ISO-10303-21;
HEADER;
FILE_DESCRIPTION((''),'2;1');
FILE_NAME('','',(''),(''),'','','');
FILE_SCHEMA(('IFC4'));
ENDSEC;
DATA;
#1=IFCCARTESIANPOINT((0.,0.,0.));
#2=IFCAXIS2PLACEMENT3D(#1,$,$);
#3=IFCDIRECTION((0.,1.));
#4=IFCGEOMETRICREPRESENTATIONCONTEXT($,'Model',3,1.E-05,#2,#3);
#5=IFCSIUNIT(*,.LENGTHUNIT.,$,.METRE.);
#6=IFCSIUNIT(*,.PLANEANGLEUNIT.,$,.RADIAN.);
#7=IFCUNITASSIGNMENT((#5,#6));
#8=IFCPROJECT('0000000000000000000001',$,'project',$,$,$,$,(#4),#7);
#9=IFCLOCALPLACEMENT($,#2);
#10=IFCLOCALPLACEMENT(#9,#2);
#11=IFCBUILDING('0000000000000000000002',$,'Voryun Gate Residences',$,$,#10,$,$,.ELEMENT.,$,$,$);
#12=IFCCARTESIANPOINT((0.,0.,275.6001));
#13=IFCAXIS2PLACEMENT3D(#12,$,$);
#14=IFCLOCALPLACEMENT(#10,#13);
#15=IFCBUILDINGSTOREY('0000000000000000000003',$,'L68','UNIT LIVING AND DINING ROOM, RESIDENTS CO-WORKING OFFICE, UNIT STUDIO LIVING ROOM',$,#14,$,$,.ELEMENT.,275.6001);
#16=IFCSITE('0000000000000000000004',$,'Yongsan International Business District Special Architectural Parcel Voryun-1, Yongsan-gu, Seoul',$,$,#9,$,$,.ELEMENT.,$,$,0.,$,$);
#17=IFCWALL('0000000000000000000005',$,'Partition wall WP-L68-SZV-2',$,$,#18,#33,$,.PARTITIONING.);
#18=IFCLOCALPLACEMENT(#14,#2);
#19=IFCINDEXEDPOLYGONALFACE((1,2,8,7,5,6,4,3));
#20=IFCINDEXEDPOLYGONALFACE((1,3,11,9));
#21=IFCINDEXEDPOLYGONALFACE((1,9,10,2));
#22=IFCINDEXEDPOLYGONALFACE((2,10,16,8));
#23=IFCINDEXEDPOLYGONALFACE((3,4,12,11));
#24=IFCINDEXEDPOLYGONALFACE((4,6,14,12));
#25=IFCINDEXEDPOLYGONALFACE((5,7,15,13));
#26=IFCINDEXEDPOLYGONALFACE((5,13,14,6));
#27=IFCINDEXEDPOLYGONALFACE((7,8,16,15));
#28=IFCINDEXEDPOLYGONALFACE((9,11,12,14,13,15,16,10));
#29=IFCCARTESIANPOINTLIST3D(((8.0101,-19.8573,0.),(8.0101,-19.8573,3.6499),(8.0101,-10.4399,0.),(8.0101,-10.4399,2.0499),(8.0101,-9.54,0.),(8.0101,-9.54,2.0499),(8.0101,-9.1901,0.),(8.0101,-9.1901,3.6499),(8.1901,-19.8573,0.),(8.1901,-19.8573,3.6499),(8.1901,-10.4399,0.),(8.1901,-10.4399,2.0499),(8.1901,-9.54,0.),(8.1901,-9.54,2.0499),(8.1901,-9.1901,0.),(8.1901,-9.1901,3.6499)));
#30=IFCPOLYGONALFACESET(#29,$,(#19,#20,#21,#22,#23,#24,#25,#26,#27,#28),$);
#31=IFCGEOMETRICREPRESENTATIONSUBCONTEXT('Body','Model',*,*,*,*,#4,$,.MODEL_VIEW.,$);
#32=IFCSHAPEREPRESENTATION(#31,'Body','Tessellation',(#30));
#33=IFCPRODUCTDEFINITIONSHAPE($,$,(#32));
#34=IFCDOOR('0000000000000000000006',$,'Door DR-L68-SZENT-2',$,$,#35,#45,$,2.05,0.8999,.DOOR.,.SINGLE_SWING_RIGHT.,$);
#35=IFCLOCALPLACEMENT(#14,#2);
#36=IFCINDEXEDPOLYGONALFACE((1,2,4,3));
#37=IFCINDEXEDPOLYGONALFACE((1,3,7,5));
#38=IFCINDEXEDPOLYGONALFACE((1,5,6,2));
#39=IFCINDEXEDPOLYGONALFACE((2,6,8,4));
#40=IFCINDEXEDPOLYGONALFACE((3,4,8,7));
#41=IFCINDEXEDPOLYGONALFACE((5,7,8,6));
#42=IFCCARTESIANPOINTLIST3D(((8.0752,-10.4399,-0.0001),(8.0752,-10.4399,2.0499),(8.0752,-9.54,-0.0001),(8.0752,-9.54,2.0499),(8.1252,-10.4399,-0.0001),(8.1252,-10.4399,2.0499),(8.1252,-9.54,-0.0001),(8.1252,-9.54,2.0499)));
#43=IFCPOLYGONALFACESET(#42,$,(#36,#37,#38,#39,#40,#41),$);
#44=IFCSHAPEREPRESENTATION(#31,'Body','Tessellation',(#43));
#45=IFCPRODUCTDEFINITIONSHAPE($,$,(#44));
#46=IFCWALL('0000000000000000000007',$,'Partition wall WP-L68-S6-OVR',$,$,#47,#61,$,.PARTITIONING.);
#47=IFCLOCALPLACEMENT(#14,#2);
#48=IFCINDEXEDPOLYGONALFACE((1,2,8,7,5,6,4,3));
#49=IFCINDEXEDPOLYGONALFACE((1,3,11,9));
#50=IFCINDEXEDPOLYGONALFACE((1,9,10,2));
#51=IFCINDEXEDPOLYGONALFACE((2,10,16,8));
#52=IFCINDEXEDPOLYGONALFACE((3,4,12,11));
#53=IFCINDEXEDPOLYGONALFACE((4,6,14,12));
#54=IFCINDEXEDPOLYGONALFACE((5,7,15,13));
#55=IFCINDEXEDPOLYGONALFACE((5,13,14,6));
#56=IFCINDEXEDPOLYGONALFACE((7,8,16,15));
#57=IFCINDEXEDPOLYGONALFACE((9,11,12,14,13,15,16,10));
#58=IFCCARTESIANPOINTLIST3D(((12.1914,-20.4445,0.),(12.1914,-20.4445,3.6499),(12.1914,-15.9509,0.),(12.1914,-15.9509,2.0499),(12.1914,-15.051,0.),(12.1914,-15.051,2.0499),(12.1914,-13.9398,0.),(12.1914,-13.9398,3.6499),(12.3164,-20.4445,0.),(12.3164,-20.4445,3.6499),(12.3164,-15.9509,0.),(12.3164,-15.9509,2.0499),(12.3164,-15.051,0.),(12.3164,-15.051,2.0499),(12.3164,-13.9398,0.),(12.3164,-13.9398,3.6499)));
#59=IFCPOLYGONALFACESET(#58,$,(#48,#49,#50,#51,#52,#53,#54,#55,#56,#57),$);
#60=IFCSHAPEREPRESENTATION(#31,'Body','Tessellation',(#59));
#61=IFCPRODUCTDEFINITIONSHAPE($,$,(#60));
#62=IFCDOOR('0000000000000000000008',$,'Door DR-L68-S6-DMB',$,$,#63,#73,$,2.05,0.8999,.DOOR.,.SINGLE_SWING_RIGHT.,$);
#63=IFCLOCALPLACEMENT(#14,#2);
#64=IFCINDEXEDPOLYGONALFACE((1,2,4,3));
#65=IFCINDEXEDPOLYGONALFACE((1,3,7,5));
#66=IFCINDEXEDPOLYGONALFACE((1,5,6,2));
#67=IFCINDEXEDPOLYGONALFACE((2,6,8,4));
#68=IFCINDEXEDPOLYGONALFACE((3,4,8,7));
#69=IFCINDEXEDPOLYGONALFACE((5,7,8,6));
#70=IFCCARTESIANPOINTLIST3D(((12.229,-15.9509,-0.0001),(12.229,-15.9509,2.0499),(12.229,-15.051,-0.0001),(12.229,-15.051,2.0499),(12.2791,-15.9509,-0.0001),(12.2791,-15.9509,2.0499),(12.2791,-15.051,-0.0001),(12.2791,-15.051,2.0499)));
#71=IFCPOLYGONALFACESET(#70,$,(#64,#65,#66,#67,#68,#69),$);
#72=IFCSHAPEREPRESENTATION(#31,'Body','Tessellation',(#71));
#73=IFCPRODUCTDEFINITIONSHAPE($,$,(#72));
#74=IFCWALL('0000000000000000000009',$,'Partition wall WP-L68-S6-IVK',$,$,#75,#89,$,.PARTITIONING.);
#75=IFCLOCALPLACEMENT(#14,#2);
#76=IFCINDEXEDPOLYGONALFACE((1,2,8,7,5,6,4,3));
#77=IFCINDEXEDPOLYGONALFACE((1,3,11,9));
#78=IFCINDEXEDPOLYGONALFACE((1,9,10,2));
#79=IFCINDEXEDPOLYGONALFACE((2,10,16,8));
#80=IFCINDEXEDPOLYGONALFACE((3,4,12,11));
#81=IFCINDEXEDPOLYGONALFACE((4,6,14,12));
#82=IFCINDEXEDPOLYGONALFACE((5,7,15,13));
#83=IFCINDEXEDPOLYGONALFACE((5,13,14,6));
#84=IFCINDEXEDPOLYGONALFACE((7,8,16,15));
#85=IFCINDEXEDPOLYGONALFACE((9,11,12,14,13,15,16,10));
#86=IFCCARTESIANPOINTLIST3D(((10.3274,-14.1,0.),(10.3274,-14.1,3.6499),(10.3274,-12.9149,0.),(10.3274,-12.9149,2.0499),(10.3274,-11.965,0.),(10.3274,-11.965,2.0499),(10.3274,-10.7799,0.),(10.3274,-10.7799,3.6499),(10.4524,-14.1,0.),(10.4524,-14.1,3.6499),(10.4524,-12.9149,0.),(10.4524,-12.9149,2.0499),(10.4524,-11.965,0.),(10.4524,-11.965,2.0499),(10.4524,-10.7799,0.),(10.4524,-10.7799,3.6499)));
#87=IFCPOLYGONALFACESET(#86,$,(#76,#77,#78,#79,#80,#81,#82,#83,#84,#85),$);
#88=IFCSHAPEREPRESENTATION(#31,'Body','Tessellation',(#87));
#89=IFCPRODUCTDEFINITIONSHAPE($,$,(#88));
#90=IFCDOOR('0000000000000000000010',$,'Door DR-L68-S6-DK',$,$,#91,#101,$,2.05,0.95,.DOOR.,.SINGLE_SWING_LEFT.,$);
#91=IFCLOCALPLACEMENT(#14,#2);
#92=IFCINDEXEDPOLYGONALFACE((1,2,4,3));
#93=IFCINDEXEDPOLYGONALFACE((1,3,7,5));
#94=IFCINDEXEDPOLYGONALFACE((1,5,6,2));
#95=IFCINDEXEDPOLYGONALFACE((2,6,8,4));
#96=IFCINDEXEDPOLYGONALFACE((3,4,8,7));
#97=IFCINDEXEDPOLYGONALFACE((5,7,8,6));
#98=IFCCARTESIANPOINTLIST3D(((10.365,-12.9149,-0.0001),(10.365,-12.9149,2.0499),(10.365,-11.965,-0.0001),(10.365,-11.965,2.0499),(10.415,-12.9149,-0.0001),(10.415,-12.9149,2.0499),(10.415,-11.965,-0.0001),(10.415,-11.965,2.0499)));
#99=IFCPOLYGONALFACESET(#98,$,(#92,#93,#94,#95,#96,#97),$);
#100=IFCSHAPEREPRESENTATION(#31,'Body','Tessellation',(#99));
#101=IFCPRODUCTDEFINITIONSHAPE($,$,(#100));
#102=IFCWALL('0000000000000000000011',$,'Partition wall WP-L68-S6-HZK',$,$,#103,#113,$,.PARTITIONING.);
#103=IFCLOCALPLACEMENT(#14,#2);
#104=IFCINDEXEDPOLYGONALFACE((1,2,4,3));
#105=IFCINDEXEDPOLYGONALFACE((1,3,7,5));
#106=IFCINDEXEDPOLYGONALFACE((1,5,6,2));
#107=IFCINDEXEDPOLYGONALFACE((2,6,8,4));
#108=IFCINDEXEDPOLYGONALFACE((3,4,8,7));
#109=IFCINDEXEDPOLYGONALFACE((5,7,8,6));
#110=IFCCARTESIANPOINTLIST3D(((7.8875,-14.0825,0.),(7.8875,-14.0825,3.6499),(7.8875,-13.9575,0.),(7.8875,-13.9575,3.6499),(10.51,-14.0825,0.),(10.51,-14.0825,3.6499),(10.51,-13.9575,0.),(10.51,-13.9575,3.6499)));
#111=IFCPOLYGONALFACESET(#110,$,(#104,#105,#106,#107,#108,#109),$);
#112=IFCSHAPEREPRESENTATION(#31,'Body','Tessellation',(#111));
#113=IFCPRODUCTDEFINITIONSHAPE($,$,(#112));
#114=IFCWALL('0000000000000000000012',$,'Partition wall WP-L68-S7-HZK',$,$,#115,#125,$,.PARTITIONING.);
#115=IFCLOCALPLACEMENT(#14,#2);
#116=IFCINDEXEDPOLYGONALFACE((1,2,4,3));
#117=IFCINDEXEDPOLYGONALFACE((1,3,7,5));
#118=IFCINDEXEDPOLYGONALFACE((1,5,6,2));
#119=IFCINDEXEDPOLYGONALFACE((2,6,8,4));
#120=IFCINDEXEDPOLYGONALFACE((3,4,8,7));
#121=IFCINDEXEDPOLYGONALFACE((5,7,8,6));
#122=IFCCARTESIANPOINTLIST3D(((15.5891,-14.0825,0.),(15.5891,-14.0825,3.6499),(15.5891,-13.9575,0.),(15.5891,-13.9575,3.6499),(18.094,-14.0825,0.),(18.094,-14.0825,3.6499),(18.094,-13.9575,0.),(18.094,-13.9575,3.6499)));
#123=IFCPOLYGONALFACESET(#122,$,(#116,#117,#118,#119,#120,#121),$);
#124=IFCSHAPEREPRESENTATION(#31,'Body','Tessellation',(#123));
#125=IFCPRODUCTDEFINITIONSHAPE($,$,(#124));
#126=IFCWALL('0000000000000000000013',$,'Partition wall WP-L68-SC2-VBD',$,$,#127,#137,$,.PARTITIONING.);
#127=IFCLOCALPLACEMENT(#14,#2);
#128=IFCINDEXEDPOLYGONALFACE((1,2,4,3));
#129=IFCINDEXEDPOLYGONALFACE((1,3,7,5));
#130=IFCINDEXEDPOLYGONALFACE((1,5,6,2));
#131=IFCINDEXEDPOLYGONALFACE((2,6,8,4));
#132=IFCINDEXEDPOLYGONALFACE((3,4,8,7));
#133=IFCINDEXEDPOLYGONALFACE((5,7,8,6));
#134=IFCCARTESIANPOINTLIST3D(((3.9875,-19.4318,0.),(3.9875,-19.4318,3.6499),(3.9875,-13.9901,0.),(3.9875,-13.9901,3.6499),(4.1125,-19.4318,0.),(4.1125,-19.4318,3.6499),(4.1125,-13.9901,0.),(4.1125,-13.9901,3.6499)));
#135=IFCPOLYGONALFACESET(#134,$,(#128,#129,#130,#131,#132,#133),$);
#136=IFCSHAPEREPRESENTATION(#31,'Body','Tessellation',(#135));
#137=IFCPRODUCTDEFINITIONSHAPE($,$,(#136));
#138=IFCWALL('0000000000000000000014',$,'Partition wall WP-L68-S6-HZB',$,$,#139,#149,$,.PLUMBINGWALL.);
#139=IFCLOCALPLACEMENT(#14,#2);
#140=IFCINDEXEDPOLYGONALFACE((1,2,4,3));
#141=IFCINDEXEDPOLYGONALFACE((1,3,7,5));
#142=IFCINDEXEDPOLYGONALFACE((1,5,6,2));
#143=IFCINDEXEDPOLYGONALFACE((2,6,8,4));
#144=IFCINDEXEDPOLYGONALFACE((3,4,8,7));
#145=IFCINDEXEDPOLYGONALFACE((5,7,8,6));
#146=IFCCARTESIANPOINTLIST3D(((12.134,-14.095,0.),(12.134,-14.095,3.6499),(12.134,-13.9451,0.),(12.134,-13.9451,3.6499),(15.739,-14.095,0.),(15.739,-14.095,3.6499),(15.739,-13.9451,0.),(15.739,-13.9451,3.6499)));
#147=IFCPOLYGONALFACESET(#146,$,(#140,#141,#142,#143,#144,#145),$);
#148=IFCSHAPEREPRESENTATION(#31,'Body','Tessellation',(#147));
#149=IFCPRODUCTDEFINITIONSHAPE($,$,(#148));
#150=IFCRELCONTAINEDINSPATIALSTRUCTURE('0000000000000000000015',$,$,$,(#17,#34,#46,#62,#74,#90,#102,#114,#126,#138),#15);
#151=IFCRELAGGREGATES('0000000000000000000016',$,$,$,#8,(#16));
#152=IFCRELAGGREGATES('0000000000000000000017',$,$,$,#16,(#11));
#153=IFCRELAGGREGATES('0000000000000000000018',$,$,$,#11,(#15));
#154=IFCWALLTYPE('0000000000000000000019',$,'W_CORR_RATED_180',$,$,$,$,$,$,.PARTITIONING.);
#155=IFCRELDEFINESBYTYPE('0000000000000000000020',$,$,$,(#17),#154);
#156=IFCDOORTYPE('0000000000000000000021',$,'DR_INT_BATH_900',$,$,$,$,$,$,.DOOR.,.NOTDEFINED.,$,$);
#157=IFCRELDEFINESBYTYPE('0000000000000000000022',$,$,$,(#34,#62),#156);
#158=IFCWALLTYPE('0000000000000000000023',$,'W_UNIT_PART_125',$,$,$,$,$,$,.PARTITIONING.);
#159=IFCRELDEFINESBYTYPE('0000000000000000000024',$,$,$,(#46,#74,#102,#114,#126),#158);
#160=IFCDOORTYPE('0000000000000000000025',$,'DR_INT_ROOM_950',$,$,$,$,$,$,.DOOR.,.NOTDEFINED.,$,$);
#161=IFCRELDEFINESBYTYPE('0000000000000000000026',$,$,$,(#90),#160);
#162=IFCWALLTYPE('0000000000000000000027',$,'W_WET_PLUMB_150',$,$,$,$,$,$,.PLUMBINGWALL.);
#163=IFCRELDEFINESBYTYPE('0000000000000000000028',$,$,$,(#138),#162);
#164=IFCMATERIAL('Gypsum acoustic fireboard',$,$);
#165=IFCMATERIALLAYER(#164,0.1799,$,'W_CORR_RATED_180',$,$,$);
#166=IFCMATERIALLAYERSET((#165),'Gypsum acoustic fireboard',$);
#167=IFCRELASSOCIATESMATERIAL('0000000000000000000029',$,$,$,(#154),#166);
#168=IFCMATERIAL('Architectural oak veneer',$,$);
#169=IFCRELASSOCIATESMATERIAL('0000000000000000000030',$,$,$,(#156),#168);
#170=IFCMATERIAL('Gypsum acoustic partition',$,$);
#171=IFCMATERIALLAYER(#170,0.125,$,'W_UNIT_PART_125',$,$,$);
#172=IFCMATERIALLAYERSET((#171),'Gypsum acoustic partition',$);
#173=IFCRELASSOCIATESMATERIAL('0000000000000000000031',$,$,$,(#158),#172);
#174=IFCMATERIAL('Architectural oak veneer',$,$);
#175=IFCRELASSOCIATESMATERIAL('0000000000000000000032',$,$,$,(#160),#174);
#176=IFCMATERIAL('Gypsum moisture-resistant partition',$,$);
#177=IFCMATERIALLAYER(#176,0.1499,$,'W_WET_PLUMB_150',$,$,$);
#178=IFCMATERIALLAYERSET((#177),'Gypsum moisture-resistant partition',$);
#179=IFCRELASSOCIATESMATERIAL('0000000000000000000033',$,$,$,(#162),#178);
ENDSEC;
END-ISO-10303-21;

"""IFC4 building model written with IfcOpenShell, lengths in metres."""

from ifc_helpers import new_model, si_unit, direction, frame, frame_2d, origin, place, context, subcontext, project, spatial, rectangle, extrude, material, layer, layer_set, type_object, element, fill, save


model = new_model("IFC4")

# Units and contexts
model_context = context("Model", 3, precision=1e-05, world=origin(), true_north=direction((0.0, 1.0)))
body_context = subcontext(model_context, "Body", "Model", "MODEL_VIEW")
ifc_project = project(units=[si_unit("LENGTHUNIT", "METRE"), si_unit("PLANEANGLEUNIT", "RADIAN")], contexts=[model_context])

# Site, building, storey
site_placement = place(None, origin())
site = spatial("IfcSite", under=ifc_project, at=site_placement, Name="Yongsan International Business District Special Architectural Parcel Voryun-1, Yongsan-gu, Seoul", CompositionType="ELEMENT", RefElevation=0.0)
building_placement = place(site_placement, origin())
building = spatial("IfcBuilding", under=site, at=building_placement, Name="Voryun Gate Residences", CompositionType="ELEMENT")
storey_placement = place(building_placement, frame((0.0, 0.0, 275.6001)))
storey = spatial("IfcBuildingStorey", under=building, at=storey_placement, Name="L68", Description="UNIT LIVING AND DINING ROOM, RESIDENTS CO-WORKING OFFICE, UNIT STUDIO LIVING ROOM", CompositionType="ELEMENT", Elevation=275.6001)

# Shared definitions
ifc_material_1 = material(Name="Gypsum acoustic fireboard")
ifc_layer_1 = layer(ifc_material_1, 0.1799, Name="W_CORR_RATED_180")
ifc_layer_set_1 = layer_set([ifc_layer_1], Name="Gypsum acoustic fireboard")
wall_type_1 = type_object("IfcWallType", Name="W_CORR_RATED_180", PredefinedType="PARTITIONING", material=ifc_layer_set_1)

# Walls, openings, doors
wall_1_placement = place(storey_placement, frame((8.1001, -19.8572, 0.0), z_axis=(0.0, 0.0, 1.0), x_axis=(0.0, 1.0, 0.0)))
wall_1 = element("IfcWall", 1, at=wall_1_placement, inside=storey, type_object=wall_type_1, Name="Partition wall WP-L68-SZV-2", PredefinedType="PARTITIONING", context=body_context, shape_type="SweptSolid", body=[
    extrude(rectangle(XDim=10.6672, YDim=0.1799, at=frame_2d((5.3335, 0.0))), origin(), (0.0, 0.0, 1.0), 3.6499),
])
opening_1_placement = place(wall_1_placement, frame((9.4172, 0.0, 0.0)))
opening_1 = element("IfcOpeningElement", 2, at=opening_1_placement, cuts=wall_1, PredefinedType="OPENING", context=body_context, shape_type="SweptSolid", body=[
    extrude(rectangle(XDim=0.8999, YDim=2.05, at=frame_2d((0.45, 1.0249))), frame((0.0, 0.0999, 0.0), z_axis=(0.0, -1.0, 0.0), x_axis=(1.0, 0.0, 0.0)), (0.0, 0.0, 1.0), 0.2),
])
ifc_material_2 = material(Name="Architectural oak veneer")
door_type_1 = type_object("IfcDoorType", Name="DR_INT_BATH_900", OperationType="NOTDEFINED", PredefinedType="DOOR", material=ifc_material_2)
door_1_placement = place(opening_1_placement, origin())
door_1 = element("IfcDoor", 3, at=door_1_placement, inside=storey, type_object=door_type_1, Name="Door DR-L68-SZENT-2", OperationType="SINGLE_SWING_RIGHT", OverallHeight=2.05, OverallWidth=0.8999, PredefinedType="DOOR", context=body_context, shape_type="SweptSolid", body=[
    extrude(rectangle(XDim=0.8999, YDim=2.05, at=frame_2d((0.45, 1.0249))), frame((0.0, 0.0249, 0.0), z_axis=(0.0, -1.0, 0.0), x_axis=(1.0, 0.0, 0.0)), (0.0, 0.0, 1.0), 0.05),
])
fill(opening_1, door_1)
ifc_material_3 = material(Name="Gypsum acoustic partition")
ifc_layer_2 = layer(ifc_material_3, 0.125, Name="W_UNIT_PART_125")
ifc_layer_set_2 = layer_set([ifc_layer_2], Name="Gypsum acoustic partition")
wall_type_2 = type_object("IfcWallType", Name="W_UNIT_PART_125", PredefinedType="PARTITIONING", material=ifc_layer_set_2)
wall_2_placement = place(storey_placement, frame((12.2539, -20.4446, 0.0), z_axis=(0.0, 0.0, 1.0), x_axis=(0.0, 1.0, 0.0)))
wall_2 = element("IfcWall", 4, at=wall_2_placement, inside=storey, type_object=wall_type_2, Name="Partition wall WP-L68-S6-OVR", PredefinedType="PARTITIONING", context=body_context, shape_type="SweptSolid", body=[
    extrude(rectangle(XDim=6.5046, YDim=0.125, at=frame_2d((3.2524, 0.0))), origin(), (0.0, 0.0, 1.0), 3.6499),
])
opening_2_placement = place(wall_2_placement, frame((4.4937, 0.0, 0.0)))
opening_2 = element("IfcOpeningElement", 5, at=opening_2_placement, cuts=wall_2, PredefinedType="OPENING", context=body_context, shape_type="SweptSolid", body=[
    extrude(rectangle(XDim=0.8999, YDim=2.05, at=frame_2d((0.45, 1.0249))), frame((0.0, 0.0725, 0.0), z_axis=(0.0, -1.0, 0.0), x_axis=(1.0, 0.0, 0.0)), (0.0, 0.0, 1.0), 0.145),
])
door_2_placement = place(opening_2_placement, origin())
door_2 = element("IfcDoor", 6, at=door_2_placement, inside=storey, type_object=door_type_1, Name="Door DR-L68-S6-DMB", OperationType="SINGLE_SWING_RIGHT", OverallHeight=2.05, OverallWidth=0.8999, PredefinedType="DOOR", context=body_context, shape_type="SweptSolid", body=[
    extrude(rectangle(XDim=0.8999, YDim=2.05, at=frame_2d((0.45, 1.0249))), frame((0.0, 0.0249, 0.0), z_axis=(0.0, -1.0, 0.0), x_axis=(1.0, 0.0, 0.0)), (0.0, 0.0, 1.0), 0.05),
])
fill(opening_2, door_2)
wall_3_placement = place(storey_placement, frame((10.3899, -14.1001, 0.0), z_axis=(0.0, 0.0, 1.0), x_axis=(0.0, 1.0, 0.0)))
wall_3 = element("IfcWall", 7, at=wall_3_placement, inside=storey, type_object=wall_type_2, Name="Partition wall WP-L68-S6-IVK", PredefinedType="PARTITIONING", context=body_context, shape_type="SweptSolid", body=[
    extrude(rectangle(XDim=3.3201, YDim=0.125, at=frame_2d((1.6602, 0.0))), origin(), (0.0, 0.0, 1.0), 3.6499),
])
opening_3_placement = place(wall_3_placement, frame((1.1851, 0.0, 0.0)))
opening_3 = element("IfcOpeningElement", 8, at=opening_3_placement, cuts=wall_3, PredefinedType="OPENING", context=body_context, shape_type="SweptSolid", body=[
    extrude(rectangle(XDim=0.95, YDim=2.05, at=frame_2d((0.4751, 1.0249))), frame((0.0, 0.0725, 0.0), z_axis=(0.0, -1.0, 0.0), x_axis=(1.0, 0.0, 0.0)), (0.0, 0.0, 1.0), 0.145),
])
ifc_material_4 = material(Name="Architectural oak veneer")
door_type_2 = type_object("IfcDoorType", Name="DR_INT_ROOM_950", OperationType="NOTDEFINED", PredefinedType="DOOR", material=ifc_material_4)
door_3_placement = place(opening_3_placement, origin())
door_3 = element("IfcDoor", 9, at=door_3_placement, inside=storey, type_object=door_type_2, Name="Door DR-L68-S6-DK", OperationType="SINGLE_SWING_LEFT", OverallHeight=2.05, OverallWidth=0.95, PredefinedType="DOOR", context=body_context, shape_type="SweptSolid", body=[
    extrude(rectangle(XDim=0.95, YDim=2.05, at=frame_2d((0.4751, 1.0249))), frame((0.0, 0.0249, 0.0), z_axis=(0.0, -1.0, 0.0), x_axis=(1.0, 0.0, 0.0)), (0.0, 0.0, 1.0), 0.05),
])
fill(opening_3, door_3)

# Walls
wall_4_placement = place(storey_placement, frame((7.8875, -14.02, 0.0), z_axis=(0.0, 0.0, 1.0), x_axis=(1.0, 0.0, 0.0)))
element("IfcWall", 10, at=wall_4_placement, inside=storey, type_object=wall_type_2, Name="Partition wall WP-L68-S6-HZK", PredefinedType="PARTITIONING", context=body_context, shape_type="SweptSolid", body=[
    extrude(rectangle(XDim=2.6226, YDim=0.125, at=frame_2d((1.3113, 0.0))), origin(), (0.0, 0.0, 1.0), 3.6499),
])
wall_5_placement = place(storey_placement, frame((15.5891, -14.02, 0.0), z_axis=(0.0, 0.0, 1.0), x_axis=(1.0, 0.0, 0.0)))
element("IfcWall", 11, at=wall_5_placement, inside=storey, type_object=wall_type_2, Name="Partition wall WP-L68-S7-HZK", PredefinedType="PARTITIONING", context=body_context, shape_type="SweptSolid", body=[
    extrude(rectangle(XDim=2.5049, YDim=0.125, at=frame_2d((1.2524, 0.0))), origin(), (0.0, 0.0, 1.0), 3.6499),
])
wall_6_placement = place(storey_placement, frame((4.05, -19.4316, 0.0), z_axis=(0.0, 0.0, 1.0), x_axis=(0.0, 1.0, 0.0)))
element("IfcWall", 12, at=wall_6_placement, inside=storey, type_object=wall_type_2, Name="Partition wall WP-L68-SC2-VBD", PredefinedType="PARTITIONING", context=body_context, shape_type="SweptSolid", body=[
    extrude(rectangle(XDim=5.4417, YDim=0.125, at=frame_2d((2.7207, 0.0))), origin(), (0.0, 0.0, 1.0), 3.6499),
])
ifc_material_5 = material(Name="Gypsum moisture-resistant partition")
ifc_layer_3 = layer(ifc_material_5, 0.1499, Name="W_WET_PLUMB_150")
ifc_layer_set_3 = layer_set([ifc_layer_3], Name="Gypsum moisture-resistant partition")
wall_type_3 = type_object("IfcWallType", Name="W_WET_PLUMB_150", PredefinedType="PLUMBINGWALL", material=ifc_layer_set_3)
wall_7_placement = place(storey_placement, frame((12.134, -14.02, 0.0), z_axis=(0.0, 0.0, 1.0), x_axis=(1.0, 0.0, 0.0)))
element("IfcWall", 13, at=wall_7_placement, inside=storey, type_object=wall_type_3, Name="Partition wall WP-L68-S6-HZB", PredefinedType="PLUMBINGWALL", context=body_context, shape_type="SweptSolid", body=[
    extrude(rectangle(XDim=3.605, YDim=0.1499, at=frame_2d((1.8025, 0.0))), origin(), (0.0, 0.0, 1.0), 3.6499),
])

save(model, "model.ifc")
